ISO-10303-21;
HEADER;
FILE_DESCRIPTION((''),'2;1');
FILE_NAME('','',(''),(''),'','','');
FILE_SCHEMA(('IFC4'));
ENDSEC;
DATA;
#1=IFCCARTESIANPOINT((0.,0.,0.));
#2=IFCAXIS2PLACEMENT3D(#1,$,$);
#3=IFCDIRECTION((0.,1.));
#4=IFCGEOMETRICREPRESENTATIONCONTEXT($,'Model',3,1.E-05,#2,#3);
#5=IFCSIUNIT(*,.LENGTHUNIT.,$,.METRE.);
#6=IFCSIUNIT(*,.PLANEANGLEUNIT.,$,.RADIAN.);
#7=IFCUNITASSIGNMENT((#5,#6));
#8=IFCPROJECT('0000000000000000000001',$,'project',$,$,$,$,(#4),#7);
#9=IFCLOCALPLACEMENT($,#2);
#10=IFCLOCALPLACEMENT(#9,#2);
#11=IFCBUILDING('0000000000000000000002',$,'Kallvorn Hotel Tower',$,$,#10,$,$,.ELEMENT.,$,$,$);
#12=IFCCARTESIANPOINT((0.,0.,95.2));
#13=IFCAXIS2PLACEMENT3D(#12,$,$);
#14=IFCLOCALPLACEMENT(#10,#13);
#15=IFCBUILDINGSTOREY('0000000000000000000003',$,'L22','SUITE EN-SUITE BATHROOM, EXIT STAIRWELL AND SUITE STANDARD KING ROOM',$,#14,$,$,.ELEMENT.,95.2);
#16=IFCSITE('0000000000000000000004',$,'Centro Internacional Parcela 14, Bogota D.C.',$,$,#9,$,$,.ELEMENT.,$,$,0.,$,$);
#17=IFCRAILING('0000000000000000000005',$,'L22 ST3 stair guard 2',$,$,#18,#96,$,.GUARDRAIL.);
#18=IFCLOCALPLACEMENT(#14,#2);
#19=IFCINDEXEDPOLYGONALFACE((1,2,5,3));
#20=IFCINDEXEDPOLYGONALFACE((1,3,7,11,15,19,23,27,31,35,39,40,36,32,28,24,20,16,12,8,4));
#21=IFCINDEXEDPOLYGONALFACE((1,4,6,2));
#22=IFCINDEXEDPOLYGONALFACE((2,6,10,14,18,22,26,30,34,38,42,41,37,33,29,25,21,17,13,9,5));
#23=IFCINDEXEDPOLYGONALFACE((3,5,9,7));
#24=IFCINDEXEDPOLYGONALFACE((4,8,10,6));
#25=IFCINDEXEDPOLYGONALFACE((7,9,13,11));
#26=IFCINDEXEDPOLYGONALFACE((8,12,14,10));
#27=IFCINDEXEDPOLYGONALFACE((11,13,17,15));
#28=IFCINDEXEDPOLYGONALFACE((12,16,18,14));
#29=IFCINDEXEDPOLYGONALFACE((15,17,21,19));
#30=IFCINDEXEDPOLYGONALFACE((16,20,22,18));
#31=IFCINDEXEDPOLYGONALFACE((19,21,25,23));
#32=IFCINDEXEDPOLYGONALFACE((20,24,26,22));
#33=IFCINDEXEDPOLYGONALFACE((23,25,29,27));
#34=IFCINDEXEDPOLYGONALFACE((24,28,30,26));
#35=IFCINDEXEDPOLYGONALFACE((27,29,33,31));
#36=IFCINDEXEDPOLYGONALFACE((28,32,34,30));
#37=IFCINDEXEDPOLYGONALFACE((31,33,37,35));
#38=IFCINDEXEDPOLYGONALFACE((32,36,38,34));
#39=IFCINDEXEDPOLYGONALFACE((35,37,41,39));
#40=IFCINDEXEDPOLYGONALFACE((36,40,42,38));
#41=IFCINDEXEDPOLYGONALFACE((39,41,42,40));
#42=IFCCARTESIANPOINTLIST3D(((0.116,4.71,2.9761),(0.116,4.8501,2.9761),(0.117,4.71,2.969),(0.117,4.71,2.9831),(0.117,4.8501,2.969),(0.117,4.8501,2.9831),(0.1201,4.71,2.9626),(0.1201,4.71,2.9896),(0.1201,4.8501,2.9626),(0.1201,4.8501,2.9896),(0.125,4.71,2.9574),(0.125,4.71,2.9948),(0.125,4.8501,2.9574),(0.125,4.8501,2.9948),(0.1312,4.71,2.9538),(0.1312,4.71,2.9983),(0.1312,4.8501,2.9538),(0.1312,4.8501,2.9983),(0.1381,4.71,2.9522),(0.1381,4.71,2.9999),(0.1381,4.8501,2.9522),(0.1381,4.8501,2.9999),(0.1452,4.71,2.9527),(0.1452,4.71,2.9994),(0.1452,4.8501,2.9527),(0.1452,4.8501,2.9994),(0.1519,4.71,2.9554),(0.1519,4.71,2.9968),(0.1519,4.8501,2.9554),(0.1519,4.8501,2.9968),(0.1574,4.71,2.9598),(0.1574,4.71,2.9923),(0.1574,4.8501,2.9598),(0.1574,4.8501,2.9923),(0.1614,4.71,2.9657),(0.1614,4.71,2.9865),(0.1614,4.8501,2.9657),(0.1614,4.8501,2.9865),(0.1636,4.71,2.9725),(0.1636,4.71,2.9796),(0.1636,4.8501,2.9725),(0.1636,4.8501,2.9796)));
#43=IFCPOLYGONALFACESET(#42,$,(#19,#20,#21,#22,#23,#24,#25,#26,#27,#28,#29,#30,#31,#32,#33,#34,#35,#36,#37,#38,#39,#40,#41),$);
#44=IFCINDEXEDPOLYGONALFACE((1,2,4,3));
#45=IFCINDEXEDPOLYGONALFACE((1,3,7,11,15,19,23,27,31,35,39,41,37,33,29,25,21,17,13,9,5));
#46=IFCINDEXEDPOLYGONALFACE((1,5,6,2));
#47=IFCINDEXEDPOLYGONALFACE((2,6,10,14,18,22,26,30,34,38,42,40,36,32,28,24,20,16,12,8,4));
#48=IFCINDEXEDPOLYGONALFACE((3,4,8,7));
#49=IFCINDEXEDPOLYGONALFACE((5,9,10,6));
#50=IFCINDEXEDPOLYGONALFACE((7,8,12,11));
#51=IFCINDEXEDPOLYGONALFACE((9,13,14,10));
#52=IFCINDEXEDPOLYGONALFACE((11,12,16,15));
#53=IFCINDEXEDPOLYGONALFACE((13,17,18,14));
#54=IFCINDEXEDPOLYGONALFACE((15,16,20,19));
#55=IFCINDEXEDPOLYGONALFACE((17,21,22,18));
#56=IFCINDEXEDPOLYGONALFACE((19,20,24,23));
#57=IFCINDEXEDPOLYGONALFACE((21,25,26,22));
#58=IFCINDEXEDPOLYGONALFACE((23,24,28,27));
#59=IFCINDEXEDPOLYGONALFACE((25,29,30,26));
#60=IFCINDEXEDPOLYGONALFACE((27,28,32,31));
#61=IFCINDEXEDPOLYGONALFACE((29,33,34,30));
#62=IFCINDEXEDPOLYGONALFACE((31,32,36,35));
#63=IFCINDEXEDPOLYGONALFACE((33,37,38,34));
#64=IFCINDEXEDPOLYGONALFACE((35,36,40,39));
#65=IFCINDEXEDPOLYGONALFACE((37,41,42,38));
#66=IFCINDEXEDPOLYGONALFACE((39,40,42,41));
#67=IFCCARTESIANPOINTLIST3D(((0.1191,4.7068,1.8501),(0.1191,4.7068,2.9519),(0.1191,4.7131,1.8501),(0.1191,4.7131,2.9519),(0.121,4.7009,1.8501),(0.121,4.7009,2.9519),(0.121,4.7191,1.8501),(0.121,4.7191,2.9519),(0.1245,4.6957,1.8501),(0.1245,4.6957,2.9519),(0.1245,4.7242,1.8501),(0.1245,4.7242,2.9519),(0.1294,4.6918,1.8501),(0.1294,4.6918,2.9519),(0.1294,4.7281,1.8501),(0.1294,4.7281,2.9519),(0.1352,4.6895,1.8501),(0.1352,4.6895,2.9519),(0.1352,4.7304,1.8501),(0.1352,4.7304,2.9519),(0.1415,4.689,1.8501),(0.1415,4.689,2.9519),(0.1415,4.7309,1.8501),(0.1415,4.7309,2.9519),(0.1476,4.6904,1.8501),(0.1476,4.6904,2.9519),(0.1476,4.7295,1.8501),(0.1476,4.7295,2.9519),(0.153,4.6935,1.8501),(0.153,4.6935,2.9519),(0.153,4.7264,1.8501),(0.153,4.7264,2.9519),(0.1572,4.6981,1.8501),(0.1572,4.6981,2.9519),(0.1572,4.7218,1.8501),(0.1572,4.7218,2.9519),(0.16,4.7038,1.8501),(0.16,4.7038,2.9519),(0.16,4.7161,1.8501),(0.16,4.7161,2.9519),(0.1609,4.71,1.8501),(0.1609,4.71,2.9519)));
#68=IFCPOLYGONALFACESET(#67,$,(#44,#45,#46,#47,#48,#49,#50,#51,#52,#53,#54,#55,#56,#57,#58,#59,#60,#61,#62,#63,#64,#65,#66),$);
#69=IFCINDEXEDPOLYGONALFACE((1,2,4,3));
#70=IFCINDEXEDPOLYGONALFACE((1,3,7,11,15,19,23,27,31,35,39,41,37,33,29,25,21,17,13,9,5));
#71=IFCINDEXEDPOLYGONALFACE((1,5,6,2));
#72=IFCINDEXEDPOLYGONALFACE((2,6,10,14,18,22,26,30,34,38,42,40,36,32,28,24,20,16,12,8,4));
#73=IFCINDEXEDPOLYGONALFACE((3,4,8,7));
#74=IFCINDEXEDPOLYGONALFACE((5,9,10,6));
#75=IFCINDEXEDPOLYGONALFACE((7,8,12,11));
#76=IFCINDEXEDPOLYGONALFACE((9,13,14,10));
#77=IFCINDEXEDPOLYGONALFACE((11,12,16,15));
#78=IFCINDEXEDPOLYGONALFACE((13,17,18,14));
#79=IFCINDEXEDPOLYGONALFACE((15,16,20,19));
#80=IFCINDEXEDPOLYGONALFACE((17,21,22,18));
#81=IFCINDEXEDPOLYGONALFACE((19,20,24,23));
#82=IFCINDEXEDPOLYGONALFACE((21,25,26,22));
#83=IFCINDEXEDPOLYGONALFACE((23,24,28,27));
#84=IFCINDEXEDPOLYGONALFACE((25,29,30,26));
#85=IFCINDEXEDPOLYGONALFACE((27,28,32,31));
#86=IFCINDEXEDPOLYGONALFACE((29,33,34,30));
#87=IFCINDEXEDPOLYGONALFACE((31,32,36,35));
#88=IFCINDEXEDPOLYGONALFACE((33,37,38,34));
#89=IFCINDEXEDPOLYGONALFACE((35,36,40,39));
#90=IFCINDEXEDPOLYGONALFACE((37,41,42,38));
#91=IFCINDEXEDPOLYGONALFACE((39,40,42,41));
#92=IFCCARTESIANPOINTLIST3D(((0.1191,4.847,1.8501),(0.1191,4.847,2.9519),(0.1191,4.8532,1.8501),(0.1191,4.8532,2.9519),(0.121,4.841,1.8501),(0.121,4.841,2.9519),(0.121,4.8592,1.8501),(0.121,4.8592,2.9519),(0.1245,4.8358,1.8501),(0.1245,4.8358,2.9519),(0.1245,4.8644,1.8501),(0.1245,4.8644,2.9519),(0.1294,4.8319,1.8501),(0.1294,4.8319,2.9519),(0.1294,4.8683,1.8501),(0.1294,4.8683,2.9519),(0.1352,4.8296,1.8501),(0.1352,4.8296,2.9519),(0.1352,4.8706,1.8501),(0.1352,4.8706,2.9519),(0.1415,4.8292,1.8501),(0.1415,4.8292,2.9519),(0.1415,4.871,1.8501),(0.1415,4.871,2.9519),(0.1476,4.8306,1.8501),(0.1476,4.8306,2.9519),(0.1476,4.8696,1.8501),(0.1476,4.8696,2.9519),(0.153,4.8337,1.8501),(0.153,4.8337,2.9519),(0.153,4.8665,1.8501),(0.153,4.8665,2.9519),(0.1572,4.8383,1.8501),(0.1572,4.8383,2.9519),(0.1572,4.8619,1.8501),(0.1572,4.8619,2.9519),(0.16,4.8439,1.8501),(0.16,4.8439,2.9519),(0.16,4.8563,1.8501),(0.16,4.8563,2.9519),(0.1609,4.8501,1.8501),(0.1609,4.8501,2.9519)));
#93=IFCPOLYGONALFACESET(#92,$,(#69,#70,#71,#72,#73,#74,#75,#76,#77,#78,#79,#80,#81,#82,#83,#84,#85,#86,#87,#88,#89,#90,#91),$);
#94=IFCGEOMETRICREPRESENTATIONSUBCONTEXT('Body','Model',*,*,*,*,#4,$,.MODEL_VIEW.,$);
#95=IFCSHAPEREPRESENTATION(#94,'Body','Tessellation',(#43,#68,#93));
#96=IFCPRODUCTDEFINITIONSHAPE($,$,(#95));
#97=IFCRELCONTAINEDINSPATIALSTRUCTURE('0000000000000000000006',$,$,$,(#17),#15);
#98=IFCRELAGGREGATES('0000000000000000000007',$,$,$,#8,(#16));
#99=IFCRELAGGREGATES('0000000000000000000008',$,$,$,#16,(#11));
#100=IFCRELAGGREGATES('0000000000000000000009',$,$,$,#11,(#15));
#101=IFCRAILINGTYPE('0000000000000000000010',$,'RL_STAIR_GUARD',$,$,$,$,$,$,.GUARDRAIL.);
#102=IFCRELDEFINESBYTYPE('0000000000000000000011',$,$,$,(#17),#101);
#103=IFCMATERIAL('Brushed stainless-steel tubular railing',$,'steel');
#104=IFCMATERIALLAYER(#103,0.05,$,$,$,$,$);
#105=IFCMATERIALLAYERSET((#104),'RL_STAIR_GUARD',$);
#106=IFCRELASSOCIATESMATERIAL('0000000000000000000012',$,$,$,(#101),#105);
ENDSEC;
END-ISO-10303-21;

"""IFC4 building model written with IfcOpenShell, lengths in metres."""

from ifc_helpers import new_model, si_unit, direction, frame, origin, origin_2d, place, context, subcontext, project, spatial, circle, extrude, material, layer, layer_set, type_object, element, save


model = new_model("IFC4")

# Units and contexts
model_context = context("Model", 3, precision=1e-05, world=origin(), true_north=direction((0.0, 1.0)))
body_context = subcontext(model_context, "Body", "Model", "MODEL_VIEW")
ifc_project = project(units=[si_unit("LENGTHUNIT", "METRE"), si_unit("PLANEANGLEUNIT", "RADIAN")], contexts=[model_context])

# Site, building, storey
site_placement = place(None, origin())
site = spatial("IfcSite", under=ifc_project, at=site_placement, Name="Centro Internacional Parcela 14, Bogota D.C.", CompositionType="ELEMENT", RefElevation=0.0)
building_placement = place(site_placement, origin())
building = spatial("IfcBuilding", under=site, at=building_placement, Name="Kallvorn Hotel Tower", CompositionType="ELEMENT")
storey_placement = place(building_placement, frame((0.0, 0.0, 95.2)))
storey = spatial("IfcBuildingStorey", under=building, at=storey_placement, Name="L22", Description="SUITE EN-SUITE BATHROOM, EXIT STAIRWELL AND SUITE STANDARD KING ROOM", CompositionType="ELEMENT", Elevation=95.2)

# Railing
ifc_material_1 = material(Name="Brushed stainless-steel tubular railing", Category="steel")
ifc_layer_1 = layer(ifc_material_1, 0.05)
ifc_layer_set_1 = layer_set([ifc_layer_1], Name="RL_STAIR_GUARD")
railing_type_1 = type_object("IfcRailingType", Name="RL_STAIR_GUARD", PredefinedType="GUARDRAIL", material=ifc_layer_set_1)
railing_1_placement = place(storey_placement, frame((0.1399, 4.71, 1.8501)))
element("IfcRailing", 1, at=railing_1_placement, inside=storey, type_object=railing_type_1, Name="L22 ST3 stair guard 2", PredefinedType="GUARDRAIL", context=body_context, shape_type="SweptSolid", body=[
    extrude(circle(Radius=0.0239, at=origin_2d()), frame((0.0, 0.0, 1.126), z_axis=(0.0, 1.0, 0.0), x_axis=(-1.0, 0.0, 0.0)), (0.0, 0.0, 1.0), 0.1401),
    extrude(circle(Radius=0.021, at=origin_2d()), origin(), (0.0, 0.0, 1.0), 1.1018),
    extrude(circle(Radius=0.021, at=origin_2d()), frame((0.0, 0.1401, 0.0)), (0.0, 0.0, 1.0), 1.1018),
])

save(model, "model.ifc")
